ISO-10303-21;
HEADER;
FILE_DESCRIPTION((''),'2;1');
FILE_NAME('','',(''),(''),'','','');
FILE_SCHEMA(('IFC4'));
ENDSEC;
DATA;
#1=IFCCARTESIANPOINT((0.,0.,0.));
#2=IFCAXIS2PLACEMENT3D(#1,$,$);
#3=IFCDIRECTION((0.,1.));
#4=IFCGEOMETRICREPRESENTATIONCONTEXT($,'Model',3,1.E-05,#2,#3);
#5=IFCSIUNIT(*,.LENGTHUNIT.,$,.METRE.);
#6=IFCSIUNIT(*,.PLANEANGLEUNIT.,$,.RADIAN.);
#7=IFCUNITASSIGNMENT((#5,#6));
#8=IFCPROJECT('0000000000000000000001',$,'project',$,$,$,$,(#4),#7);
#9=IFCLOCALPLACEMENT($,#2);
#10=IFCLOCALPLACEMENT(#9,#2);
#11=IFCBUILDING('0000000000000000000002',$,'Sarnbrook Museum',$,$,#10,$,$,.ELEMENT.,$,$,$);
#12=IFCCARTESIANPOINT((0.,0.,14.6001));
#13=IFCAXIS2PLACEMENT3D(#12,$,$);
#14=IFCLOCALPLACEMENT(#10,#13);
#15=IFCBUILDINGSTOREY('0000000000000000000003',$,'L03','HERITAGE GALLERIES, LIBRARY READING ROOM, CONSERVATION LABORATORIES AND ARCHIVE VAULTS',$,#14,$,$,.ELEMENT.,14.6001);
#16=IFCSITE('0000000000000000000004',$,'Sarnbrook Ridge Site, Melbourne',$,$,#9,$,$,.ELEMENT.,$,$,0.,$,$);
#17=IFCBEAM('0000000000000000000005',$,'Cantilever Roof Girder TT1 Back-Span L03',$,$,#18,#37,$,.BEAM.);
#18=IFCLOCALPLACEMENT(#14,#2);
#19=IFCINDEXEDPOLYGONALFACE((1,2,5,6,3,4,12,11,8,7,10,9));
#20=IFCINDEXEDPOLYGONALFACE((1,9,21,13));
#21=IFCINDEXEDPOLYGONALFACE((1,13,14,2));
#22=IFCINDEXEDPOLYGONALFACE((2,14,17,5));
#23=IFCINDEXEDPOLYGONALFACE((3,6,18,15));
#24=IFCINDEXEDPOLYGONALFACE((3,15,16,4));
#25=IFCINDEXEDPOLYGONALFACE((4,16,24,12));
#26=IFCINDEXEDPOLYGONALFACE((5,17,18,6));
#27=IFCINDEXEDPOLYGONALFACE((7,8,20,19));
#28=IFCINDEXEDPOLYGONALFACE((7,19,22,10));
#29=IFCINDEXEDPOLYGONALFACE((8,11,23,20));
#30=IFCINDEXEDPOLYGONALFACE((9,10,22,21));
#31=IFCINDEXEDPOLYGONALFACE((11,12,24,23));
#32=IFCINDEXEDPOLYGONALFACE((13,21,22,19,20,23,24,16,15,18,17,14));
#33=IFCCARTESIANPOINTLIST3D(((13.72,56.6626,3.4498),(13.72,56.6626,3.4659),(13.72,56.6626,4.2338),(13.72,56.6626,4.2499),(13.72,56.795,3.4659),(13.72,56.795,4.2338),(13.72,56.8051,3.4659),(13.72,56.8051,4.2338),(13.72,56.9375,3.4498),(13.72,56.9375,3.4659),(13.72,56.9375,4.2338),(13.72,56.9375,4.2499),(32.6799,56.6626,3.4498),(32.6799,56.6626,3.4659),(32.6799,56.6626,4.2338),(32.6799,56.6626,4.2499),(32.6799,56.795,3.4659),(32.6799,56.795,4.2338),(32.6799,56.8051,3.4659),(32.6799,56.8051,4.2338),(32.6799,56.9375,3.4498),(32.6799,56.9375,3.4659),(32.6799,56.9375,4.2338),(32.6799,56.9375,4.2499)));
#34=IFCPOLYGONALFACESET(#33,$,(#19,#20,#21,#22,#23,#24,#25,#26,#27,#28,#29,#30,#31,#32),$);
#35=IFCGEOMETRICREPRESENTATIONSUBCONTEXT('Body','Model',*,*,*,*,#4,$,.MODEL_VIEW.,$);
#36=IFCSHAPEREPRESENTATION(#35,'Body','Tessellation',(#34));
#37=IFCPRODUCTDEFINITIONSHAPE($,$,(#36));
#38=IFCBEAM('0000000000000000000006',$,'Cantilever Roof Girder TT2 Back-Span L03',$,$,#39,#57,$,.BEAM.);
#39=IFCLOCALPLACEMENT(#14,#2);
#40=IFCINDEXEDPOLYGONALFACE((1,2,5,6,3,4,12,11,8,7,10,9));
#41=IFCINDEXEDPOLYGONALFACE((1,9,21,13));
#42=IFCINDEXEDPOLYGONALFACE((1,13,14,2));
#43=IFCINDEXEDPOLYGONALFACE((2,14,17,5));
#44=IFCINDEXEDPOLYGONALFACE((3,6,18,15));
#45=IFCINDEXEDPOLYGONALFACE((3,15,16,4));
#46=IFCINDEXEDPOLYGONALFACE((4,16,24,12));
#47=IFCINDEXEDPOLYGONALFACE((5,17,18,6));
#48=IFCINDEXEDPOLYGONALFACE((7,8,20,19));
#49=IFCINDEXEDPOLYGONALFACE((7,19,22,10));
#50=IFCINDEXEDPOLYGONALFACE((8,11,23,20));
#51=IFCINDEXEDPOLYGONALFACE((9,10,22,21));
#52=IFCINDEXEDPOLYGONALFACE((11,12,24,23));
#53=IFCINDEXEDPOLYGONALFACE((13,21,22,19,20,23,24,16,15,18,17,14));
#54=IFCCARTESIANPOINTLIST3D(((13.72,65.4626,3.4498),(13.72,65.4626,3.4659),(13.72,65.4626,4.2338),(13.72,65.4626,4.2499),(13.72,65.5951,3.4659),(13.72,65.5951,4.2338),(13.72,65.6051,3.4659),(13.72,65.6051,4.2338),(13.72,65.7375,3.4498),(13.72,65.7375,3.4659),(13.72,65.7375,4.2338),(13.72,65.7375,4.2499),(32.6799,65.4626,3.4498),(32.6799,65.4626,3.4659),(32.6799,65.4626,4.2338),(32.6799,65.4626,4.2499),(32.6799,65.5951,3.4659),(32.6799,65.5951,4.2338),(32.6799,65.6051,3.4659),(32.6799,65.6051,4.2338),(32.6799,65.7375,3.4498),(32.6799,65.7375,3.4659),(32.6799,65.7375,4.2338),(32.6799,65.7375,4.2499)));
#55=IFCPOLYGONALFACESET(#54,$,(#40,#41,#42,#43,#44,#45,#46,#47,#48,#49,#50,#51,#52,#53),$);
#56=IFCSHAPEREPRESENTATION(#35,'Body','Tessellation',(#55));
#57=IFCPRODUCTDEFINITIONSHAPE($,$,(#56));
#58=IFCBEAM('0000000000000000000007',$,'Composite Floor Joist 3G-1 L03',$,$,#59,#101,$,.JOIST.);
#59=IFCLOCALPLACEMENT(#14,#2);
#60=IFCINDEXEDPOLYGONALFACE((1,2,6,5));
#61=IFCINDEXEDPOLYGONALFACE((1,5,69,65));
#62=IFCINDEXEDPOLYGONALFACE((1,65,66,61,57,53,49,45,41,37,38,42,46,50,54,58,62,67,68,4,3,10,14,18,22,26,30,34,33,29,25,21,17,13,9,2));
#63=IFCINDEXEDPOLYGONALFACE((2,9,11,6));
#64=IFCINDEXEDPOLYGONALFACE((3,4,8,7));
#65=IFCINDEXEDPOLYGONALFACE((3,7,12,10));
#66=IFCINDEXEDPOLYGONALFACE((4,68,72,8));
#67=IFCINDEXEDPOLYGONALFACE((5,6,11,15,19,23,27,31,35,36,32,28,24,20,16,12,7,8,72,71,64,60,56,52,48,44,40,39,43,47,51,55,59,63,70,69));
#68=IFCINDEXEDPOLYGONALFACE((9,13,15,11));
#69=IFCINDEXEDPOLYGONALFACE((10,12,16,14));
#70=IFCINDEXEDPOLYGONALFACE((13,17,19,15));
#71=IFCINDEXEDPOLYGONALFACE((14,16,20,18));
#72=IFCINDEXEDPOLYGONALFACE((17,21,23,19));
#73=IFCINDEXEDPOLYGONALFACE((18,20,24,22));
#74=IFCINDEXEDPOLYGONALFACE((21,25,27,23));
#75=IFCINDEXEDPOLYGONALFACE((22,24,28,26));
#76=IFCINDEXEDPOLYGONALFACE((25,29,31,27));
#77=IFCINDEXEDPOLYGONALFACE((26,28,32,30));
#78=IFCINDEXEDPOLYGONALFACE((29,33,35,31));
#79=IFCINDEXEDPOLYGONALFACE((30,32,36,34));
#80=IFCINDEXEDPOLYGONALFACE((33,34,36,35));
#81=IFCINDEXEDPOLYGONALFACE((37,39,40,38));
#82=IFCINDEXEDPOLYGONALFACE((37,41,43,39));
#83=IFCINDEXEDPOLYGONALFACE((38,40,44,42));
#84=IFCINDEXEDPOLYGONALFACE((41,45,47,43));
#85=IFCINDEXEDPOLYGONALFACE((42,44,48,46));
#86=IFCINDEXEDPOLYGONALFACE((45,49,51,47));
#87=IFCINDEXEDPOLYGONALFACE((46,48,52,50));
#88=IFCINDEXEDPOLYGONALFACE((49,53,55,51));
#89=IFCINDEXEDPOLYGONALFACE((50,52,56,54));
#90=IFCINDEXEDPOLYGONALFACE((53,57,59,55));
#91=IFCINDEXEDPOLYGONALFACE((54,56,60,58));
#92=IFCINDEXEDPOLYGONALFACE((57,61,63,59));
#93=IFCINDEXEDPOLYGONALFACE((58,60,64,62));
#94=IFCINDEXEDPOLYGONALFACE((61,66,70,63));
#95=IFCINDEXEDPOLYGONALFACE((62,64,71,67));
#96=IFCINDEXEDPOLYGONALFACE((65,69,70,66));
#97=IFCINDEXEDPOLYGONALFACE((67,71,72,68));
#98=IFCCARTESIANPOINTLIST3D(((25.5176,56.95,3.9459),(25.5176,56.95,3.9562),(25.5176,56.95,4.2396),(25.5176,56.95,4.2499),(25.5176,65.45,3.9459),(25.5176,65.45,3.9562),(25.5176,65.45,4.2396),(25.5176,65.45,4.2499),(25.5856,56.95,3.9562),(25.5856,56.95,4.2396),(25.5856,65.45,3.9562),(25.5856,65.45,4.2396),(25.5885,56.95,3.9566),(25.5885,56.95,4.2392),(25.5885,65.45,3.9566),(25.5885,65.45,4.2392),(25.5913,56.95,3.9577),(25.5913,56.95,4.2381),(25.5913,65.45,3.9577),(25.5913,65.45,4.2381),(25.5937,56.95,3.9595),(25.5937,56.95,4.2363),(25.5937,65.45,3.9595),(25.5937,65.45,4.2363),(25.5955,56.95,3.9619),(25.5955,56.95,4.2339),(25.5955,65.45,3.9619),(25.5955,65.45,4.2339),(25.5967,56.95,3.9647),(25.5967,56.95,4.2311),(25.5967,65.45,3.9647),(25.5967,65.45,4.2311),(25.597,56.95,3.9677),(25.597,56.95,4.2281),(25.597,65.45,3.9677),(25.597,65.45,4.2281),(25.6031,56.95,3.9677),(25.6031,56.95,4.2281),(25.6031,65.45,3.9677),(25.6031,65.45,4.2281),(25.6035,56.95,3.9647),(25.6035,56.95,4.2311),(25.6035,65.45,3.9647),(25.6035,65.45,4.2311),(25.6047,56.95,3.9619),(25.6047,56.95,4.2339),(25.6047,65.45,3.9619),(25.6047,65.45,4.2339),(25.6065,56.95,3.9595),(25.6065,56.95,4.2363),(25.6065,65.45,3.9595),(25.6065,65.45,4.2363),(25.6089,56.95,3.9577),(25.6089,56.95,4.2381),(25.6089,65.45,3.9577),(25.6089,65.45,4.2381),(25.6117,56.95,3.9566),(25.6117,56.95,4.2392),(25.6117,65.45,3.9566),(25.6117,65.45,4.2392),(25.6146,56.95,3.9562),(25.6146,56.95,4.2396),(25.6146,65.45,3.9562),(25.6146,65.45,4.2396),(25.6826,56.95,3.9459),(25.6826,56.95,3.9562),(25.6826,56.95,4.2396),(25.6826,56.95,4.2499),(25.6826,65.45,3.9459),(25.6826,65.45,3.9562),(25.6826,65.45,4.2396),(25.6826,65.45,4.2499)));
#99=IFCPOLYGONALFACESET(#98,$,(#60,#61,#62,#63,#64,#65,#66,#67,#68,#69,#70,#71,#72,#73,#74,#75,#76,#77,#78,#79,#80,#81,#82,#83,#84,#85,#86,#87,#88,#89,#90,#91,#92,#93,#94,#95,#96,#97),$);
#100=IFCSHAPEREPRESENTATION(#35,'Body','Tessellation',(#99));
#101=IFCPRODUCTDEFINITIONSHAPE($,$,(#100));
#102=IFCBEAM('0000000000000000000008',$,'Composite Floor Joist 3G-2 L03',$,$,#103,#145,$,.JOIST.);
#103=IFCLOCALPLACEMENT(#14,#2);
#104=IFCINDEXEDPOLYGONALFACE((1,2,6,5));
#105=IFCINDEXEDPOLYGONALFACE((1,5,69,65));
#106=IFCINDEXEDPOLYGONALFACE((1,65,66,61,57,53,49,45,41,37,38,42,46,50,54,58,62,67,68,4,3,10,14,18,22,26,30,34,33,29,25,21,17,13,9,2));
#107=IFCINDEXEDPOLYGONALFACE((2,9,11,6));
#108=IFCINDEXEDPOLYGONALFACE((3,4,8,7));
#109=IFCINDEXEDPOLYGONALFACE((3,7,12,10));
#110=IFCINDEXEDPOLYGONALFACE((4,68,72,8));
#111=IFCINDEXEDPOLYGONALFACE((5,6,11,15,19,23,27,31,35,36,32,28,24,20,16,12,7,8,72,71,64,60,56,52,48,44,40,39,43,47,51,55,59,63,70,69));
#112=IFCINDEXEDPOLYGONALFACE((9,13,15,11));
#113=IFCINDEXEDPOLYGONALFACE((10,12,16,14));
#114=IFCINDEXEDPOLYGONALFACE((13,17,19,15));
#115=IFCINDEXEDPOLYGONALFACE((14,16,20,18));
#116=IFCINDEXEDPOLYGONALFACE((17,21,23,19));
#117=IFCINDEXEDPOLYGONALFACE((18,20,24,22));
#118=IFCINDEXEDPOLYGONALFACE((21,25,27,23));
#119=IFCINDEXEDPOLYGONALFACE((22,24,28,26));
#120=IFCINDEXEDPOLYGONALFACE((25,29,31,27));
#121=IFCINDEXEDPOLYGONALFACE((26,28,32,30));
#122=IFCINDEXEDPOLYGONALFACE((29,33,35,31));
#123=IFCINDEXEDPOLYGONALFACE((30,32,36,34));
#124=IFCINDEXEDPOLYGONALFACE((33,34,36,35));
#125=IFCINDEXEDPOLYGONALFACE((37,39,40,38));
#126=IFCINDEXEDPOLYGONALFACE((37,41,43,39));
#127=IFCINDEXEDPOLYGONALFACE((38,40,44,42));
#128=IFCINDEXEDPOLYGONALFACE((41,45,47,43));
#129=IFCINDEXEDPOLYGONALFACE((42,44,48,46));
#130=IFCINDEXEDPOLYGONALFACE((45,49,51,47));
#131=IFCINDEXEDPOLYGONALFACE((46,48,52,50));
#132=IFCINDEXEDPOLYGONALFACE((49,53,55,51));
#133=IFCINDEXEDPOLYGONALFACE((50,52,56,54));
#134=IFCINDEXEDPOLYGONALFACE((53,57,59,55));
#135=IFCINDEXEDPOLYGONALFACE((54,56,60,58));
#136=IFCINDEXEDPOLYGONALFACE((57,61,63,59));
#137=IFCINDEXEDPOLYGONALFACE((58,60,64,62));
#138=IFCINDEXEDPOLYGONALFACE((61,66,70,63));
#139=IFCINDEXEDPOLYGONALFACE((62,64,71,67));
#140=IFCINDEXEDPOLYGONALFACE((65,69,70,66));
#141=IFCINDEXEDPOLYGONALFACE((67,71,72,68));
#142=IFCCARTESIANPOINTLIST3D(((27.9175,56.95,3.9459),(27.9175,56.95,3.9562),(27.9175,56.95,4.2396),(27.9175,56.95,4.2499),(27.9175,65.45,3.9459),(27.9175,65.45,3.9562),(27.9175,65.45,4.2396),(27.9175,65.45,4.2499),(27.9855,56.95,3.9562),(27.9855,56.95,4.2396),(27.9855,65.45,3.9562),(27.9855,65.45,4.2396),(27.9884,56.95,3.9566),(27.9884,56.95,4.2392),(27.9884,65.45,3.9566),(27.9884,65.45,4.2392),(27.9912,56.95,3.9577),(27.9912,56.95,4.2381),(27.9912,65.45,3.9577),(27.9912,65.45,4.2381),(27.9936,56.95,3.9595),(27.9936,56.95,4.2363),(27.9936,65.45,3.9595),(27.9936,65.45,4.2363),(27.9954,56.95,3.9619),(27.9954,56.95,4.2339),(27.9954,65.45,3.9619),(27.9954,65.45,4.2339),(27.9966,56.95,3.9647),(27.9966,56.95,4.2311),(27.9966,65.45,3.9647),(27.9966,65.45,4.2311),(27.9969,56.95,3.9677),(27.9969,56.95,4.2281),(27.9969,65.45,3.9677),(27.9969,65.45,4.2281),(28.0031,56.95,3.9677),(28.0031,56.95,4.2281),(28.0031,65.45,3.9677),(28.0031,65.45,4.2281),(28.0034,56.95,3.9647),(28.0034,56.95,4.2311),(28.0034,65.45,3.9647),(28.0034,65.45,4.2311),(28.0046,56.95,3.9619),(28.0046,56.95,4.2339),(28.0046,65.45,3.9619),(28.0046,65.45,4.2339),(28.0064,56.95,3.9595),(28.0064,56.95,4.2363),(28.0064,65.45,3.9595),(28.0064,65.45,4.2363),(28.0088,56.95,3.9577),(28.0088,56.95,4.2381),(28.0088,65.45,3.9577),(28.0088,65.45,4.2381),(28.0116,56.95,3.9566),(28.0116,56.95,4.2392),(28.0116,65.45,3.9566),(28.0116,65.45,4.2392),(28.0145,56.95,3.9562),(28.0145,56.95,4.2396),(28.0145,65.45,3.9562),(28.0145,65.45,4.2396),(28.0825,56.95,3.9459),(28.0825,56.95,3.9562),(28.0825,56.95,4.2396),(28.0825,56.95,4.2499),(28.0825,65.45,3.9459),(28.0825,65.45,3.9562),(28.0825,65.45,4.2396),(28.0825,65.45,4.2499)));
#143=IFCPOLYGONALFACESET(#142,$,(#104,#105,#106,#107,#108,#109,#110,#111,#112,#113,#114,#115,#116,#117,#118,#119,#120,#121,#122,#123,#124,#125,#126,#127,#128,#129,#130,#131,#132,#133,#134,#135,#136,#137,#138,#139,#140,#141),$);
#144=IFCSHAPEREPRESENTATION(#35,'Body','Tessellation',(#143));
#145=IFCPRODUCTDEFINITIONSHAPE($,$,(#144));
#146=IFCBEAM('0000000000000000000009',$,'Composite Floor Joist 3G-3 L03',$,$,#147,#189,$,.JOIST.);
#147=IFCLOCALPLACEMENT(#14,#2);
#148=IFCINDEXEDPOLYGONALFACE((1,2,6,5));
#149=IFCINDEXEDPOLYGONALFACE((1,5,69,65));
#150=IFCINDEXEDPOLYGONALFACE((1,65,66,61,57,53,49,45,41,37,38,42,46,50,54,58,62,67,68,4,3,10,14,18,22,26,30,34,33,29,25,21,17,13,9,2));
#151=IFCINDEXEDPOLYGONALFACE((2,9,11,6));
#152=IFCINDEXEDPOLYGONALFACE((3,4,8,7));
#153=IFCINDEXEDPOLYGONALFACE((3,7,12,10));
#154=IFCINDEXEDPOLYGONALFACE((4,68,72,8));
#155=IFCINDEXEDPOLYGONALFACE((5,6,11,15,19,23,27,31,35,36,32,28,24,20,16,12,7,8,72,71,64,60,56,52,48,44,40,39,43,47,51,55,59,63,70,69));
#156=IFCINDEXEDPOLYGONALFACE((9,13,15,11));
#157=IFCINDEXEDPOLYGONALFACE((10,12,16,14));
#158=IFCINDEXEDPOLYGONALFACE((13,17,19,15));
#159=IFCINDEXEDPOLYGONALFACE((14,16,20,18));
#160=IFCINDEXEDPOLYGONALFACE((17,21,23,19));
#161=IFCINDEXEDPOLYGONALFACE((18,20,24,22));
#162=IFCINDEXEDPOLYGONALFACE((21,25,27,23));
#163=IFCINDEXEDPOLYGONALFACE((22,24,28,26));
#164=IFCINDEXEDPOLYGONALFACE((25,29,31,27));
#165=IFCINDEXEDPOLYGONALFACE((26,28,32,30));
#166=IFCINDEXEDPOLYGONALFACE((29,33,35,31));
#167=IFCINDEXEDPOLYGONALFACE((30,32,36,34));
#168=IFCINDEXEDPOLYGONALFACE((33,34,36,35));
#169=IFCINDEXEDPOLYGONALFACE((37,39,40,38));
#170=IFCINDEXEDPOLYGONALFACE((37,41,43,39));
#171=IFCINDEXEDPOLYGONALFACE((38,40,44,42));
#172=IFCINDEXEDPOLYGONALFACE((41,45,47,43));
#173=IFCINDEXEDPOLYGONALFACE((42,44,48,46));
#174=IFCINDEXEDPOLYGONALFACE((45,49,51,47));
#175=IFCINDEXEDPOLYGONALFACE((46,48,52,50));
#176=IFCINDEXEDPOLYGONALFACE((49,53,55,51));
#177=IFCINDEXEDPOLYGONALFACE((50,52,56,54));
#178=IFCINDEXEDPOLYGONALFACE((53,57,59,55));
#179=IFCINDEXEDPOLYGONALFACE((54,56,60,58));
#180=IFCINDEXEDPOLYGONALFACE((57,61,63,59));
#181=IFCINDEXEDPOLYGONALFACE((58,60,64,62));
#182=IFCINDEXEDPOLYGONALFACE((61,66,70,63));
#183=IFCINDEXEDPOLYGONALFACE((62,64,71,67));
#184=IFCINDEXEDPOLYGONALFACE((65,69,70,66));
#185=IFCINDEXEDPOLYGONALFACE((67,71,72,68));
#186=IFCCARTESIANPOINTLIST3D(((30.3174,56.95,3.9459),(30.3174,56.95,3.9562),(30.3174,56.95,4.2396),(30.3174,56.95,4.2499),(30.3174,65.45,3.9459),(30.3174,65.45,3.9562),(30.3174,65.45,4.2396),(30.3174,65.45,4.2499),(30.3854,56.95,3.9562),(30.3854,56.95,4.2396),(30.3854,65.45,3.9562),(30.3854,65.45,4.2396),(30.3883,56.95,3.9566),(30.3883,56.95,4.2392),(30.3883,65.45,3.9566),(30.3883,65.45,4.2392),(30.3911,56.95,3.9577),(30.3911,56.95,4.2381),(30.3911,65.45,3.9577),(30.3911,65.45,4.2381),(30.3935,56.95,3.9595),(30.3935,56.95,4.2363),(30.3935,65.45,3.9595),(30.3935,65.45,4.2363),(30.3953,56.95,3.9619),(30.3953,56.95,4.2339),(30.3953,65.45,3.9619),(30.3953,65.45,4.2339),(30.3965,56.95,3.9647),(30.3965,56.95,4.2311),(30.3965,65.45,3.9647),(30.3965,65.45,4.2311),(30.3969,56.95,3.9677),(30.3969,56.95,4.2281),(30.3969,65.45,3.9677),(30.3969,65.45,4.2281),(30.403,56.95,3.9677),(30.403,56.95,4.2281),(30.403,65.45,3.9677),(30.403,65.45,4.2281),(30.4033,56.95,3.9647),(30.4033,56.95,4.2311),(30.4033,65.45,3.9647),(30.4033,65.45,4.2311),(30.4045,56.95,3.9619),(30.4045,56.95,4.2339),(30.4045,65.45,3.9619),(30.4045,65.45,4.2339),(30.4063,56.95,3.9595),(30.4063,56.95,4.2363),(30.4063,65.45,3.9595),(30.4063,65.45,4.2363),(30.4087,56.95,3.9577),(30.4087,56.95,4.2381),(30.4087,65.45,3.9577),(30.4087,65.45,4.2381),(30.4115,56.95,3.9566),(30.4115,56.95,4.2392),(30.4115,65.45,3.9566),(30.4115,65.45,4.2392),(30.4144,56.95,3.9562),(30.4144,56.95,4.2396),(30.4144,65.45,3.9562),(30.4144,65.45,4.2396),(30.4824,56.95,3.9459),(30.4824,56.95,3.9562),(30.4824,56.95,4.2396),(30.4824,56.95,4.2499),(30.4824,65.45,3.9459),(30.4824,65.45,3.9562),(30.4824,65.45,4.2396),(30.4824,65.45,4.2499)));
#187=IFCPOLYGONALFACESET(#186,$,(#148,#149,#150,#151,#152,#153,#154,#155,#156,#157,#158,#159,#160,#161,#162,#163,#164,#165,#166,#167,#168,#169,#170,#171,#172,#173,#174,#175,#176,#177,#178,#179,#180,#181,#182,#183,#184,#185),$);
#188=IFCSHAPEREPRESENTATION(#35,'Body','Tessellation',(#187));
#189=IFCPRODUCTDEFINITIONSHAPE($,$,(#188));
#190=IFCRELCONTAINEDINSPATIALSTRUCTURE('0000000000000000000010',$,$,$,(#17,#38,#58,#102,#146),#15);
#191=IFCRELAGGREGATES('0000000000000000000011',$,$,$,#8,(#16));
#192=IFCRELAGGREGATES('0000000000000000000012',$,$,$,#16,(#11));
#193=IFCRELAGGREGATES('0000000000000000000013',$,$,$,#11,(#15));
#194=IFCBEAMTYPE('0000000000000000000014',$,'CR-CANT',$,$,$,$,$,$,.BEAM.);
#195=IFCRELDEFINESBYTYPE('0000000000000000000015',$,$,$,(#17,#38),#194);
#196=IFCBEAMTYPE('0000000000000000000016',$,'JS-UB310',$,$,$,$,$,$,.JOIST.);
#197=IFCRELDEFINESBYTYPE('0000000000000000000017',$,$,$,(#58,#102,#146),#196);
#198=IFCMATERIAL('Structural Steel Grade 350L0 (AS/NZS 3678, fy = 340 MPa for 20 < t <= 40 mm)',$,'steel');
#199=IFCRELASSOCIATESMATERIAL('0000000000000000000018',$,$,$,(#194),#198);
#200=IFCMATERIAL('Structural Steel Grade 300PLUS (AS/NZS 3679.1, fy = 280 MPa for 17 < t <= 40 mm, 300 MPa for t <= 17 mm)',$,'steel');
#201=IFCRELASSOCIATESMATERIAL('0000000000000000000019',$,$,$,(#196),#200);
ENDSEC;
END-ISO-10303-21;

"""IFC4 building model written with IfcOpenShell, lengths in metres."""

from ifc_helpers import new_model, si_unit, direction, frame, origin, origin_2d, place, context, subcontext, project, spatial, i_section, extrude, material, material_profile, profile_set, type_object, element, save


model = new_model("IFC4")

# Units and contexts
model_context = context("Model", 3, precision=1e-05, world=origin(), true_north=direction((0.0, 1.0)))
body_context = subcontext(model_context, "Body", "Model", "MODEL_VIEW")
ifc_project = project(units=[si_unit("LENGTHUNIT", "METRE"), si_unit("PLANEANGLEUNIT", "RADIAN")], contexts=[model_context])

# Site, building, storey
site_placement = place(None, origin())
site = spatial("IfcSite", under=ifc_project, at=site_placement, Name="Sarnbrook Ridge Site, Melbourne", CompositionType="ELEMENT", RefElevation=0.0)
building_placement = place(site_placement, origin())
building = spatial("IfcBuilding", under=site, at=building_placement, Name="Sarnbrook Museum", CompositionType="ELEMENT")
storey_placement = place(building_placement, frame((0.0, 0.0, 14.6001)))
storey = spatial("IfcBuildingStorey", under=building, at=storey_placement, Name="L03", Description="HERITAGE GALLERIES, LIBRARY READING ROOM, CONSERVATION LABORATORIES AND ARCHIVE VAULTS", CompositionType="ELEMENT", Elevation=14.6001)

# Shared definitions
ifc_material_1 = material(Name="Structural Steel Grade 300PLUS (AS/NZS 3679.1, fy = 280 MPa for 17 < t <= 40 mm, 300 MPa for t <= 17 mm)", Category="steel")

# Beams
ifc_material_2 = material(Name="Structural Steel Grade 350L0 (AS/NZS 3678, fy = 340 MPa for 20 < t <= 40 mm)", Category="steel")
ifc_material_profile_1 = material_profile(ifc_material_2, i_section(OverallWidth=0.2749, OverallDepth=0.8, WebThickness=0.01, FlangeThickness=0.0161, at=origin_2d()), Name="800WB146")
ifc_profile_set_1 = profile_set([ifc_material_profile_1], Name="Structural Steel Grade 350L0 (AS/NZS 3678, fy = 340 MPa for 20 < t <= 40 mm)")
beam_type_1 = type_object("IfcBeamType", Name="CR-CANT", PredefinedType="BEAM", material=ifc_profile_set_1)
for number, where, z_axis, x_axis, name in (
    (1, (32.6799, 56.8, 3.8499), (-1.0, 0.0, 0.0), (0.0, -1.0, 0.0), "Cantilever Roof Girder TT1 Back-Span L03"),
    (2, (32.6799, 65.6001, 3.8499), (-1.0, 0.0, 0.0), (0.0, -1.0, 0.0), "Cantilever Roof Girder TT2 Back-Span L03"),
):
    element("IfcBeam", number, at=place(storey_placement, frame(where, z_axis=z_axis, x_axis=x_axis)), inside=storey, type_object=beam_type_1, Name=name, PredefinedType="BEAM", context=body_context, shape_type="SweptSolid", body=[
        extrude(i_section(OverallWidth=0.2749, OverallDepth=0.8, WebThickness=0.01, FlangeThickness=0.0161, at=origin_2d()), origin(), (0.0, 0.0, 1.0), 18.96),
    ])
ifc_material_profile_2 = material_profile(ifc_material_1, i_section(OverallWidth=0.165, OverallDepth=0.304, WebThickness=0.0061, FlangeThickness=0.0103, FilletRadius=0.0115, at=origin_2d()), Name="310UB40.4")
ifc_profile_set_2 = profile_set([ifc_material_profile_2], Name="Structural Steel Grade 300PLUS (AS/NZS 3679.1, fy = 280 MPa for 17 < t <= 40 mm, 300 MPa for t <= 17 mm)")
beam_type_2 = type_object("IfcBeamType", Name="JS-UB310", PredefinedType="JOIST", material=ifc_profile_set_2)
for number, where, z_axis, x_axis, name in (
    (3, (25.6001, 56.95, 4.0979), (0.0, 1.0, 0.0), (-1.0, 0.0, 0.0), "Composite Floor Joist 3G-1 L03"),
    (4, (28.0, 56.95, 4.0979), (0.0, 1.0, 0.0), (-1.0, 0.0, 0.0), "Composite Floor Joist 3G-2 L03"),
    (5, (30.3999, 56.95, 4.0979), (0.0, 1.0, 0.0), (-1.0, 0.0, 0.0), "Composite Floor Joist 3G-3 L03"),
):
    element("IfcBeam", number, at=place(storey_placement, frame(where, z_axis=z_axis, x_axis=x_axis)), inside=storey, type_object=beam_type_2, Name=name, PredefinedType="JOIST", context=body_context, shape_type="SweptSolid", body=[
        extrude(i_section(OverallWidth=0.165, OverallDepth=0.304, WebThickness=0.0061, FlangeThickness=0.0103, FilletRadius=0.0115, at=origin_2d()), origin(), (0.0, 0.0, 1.0), 8.5),
    ])

save(model, "model.ifc")
